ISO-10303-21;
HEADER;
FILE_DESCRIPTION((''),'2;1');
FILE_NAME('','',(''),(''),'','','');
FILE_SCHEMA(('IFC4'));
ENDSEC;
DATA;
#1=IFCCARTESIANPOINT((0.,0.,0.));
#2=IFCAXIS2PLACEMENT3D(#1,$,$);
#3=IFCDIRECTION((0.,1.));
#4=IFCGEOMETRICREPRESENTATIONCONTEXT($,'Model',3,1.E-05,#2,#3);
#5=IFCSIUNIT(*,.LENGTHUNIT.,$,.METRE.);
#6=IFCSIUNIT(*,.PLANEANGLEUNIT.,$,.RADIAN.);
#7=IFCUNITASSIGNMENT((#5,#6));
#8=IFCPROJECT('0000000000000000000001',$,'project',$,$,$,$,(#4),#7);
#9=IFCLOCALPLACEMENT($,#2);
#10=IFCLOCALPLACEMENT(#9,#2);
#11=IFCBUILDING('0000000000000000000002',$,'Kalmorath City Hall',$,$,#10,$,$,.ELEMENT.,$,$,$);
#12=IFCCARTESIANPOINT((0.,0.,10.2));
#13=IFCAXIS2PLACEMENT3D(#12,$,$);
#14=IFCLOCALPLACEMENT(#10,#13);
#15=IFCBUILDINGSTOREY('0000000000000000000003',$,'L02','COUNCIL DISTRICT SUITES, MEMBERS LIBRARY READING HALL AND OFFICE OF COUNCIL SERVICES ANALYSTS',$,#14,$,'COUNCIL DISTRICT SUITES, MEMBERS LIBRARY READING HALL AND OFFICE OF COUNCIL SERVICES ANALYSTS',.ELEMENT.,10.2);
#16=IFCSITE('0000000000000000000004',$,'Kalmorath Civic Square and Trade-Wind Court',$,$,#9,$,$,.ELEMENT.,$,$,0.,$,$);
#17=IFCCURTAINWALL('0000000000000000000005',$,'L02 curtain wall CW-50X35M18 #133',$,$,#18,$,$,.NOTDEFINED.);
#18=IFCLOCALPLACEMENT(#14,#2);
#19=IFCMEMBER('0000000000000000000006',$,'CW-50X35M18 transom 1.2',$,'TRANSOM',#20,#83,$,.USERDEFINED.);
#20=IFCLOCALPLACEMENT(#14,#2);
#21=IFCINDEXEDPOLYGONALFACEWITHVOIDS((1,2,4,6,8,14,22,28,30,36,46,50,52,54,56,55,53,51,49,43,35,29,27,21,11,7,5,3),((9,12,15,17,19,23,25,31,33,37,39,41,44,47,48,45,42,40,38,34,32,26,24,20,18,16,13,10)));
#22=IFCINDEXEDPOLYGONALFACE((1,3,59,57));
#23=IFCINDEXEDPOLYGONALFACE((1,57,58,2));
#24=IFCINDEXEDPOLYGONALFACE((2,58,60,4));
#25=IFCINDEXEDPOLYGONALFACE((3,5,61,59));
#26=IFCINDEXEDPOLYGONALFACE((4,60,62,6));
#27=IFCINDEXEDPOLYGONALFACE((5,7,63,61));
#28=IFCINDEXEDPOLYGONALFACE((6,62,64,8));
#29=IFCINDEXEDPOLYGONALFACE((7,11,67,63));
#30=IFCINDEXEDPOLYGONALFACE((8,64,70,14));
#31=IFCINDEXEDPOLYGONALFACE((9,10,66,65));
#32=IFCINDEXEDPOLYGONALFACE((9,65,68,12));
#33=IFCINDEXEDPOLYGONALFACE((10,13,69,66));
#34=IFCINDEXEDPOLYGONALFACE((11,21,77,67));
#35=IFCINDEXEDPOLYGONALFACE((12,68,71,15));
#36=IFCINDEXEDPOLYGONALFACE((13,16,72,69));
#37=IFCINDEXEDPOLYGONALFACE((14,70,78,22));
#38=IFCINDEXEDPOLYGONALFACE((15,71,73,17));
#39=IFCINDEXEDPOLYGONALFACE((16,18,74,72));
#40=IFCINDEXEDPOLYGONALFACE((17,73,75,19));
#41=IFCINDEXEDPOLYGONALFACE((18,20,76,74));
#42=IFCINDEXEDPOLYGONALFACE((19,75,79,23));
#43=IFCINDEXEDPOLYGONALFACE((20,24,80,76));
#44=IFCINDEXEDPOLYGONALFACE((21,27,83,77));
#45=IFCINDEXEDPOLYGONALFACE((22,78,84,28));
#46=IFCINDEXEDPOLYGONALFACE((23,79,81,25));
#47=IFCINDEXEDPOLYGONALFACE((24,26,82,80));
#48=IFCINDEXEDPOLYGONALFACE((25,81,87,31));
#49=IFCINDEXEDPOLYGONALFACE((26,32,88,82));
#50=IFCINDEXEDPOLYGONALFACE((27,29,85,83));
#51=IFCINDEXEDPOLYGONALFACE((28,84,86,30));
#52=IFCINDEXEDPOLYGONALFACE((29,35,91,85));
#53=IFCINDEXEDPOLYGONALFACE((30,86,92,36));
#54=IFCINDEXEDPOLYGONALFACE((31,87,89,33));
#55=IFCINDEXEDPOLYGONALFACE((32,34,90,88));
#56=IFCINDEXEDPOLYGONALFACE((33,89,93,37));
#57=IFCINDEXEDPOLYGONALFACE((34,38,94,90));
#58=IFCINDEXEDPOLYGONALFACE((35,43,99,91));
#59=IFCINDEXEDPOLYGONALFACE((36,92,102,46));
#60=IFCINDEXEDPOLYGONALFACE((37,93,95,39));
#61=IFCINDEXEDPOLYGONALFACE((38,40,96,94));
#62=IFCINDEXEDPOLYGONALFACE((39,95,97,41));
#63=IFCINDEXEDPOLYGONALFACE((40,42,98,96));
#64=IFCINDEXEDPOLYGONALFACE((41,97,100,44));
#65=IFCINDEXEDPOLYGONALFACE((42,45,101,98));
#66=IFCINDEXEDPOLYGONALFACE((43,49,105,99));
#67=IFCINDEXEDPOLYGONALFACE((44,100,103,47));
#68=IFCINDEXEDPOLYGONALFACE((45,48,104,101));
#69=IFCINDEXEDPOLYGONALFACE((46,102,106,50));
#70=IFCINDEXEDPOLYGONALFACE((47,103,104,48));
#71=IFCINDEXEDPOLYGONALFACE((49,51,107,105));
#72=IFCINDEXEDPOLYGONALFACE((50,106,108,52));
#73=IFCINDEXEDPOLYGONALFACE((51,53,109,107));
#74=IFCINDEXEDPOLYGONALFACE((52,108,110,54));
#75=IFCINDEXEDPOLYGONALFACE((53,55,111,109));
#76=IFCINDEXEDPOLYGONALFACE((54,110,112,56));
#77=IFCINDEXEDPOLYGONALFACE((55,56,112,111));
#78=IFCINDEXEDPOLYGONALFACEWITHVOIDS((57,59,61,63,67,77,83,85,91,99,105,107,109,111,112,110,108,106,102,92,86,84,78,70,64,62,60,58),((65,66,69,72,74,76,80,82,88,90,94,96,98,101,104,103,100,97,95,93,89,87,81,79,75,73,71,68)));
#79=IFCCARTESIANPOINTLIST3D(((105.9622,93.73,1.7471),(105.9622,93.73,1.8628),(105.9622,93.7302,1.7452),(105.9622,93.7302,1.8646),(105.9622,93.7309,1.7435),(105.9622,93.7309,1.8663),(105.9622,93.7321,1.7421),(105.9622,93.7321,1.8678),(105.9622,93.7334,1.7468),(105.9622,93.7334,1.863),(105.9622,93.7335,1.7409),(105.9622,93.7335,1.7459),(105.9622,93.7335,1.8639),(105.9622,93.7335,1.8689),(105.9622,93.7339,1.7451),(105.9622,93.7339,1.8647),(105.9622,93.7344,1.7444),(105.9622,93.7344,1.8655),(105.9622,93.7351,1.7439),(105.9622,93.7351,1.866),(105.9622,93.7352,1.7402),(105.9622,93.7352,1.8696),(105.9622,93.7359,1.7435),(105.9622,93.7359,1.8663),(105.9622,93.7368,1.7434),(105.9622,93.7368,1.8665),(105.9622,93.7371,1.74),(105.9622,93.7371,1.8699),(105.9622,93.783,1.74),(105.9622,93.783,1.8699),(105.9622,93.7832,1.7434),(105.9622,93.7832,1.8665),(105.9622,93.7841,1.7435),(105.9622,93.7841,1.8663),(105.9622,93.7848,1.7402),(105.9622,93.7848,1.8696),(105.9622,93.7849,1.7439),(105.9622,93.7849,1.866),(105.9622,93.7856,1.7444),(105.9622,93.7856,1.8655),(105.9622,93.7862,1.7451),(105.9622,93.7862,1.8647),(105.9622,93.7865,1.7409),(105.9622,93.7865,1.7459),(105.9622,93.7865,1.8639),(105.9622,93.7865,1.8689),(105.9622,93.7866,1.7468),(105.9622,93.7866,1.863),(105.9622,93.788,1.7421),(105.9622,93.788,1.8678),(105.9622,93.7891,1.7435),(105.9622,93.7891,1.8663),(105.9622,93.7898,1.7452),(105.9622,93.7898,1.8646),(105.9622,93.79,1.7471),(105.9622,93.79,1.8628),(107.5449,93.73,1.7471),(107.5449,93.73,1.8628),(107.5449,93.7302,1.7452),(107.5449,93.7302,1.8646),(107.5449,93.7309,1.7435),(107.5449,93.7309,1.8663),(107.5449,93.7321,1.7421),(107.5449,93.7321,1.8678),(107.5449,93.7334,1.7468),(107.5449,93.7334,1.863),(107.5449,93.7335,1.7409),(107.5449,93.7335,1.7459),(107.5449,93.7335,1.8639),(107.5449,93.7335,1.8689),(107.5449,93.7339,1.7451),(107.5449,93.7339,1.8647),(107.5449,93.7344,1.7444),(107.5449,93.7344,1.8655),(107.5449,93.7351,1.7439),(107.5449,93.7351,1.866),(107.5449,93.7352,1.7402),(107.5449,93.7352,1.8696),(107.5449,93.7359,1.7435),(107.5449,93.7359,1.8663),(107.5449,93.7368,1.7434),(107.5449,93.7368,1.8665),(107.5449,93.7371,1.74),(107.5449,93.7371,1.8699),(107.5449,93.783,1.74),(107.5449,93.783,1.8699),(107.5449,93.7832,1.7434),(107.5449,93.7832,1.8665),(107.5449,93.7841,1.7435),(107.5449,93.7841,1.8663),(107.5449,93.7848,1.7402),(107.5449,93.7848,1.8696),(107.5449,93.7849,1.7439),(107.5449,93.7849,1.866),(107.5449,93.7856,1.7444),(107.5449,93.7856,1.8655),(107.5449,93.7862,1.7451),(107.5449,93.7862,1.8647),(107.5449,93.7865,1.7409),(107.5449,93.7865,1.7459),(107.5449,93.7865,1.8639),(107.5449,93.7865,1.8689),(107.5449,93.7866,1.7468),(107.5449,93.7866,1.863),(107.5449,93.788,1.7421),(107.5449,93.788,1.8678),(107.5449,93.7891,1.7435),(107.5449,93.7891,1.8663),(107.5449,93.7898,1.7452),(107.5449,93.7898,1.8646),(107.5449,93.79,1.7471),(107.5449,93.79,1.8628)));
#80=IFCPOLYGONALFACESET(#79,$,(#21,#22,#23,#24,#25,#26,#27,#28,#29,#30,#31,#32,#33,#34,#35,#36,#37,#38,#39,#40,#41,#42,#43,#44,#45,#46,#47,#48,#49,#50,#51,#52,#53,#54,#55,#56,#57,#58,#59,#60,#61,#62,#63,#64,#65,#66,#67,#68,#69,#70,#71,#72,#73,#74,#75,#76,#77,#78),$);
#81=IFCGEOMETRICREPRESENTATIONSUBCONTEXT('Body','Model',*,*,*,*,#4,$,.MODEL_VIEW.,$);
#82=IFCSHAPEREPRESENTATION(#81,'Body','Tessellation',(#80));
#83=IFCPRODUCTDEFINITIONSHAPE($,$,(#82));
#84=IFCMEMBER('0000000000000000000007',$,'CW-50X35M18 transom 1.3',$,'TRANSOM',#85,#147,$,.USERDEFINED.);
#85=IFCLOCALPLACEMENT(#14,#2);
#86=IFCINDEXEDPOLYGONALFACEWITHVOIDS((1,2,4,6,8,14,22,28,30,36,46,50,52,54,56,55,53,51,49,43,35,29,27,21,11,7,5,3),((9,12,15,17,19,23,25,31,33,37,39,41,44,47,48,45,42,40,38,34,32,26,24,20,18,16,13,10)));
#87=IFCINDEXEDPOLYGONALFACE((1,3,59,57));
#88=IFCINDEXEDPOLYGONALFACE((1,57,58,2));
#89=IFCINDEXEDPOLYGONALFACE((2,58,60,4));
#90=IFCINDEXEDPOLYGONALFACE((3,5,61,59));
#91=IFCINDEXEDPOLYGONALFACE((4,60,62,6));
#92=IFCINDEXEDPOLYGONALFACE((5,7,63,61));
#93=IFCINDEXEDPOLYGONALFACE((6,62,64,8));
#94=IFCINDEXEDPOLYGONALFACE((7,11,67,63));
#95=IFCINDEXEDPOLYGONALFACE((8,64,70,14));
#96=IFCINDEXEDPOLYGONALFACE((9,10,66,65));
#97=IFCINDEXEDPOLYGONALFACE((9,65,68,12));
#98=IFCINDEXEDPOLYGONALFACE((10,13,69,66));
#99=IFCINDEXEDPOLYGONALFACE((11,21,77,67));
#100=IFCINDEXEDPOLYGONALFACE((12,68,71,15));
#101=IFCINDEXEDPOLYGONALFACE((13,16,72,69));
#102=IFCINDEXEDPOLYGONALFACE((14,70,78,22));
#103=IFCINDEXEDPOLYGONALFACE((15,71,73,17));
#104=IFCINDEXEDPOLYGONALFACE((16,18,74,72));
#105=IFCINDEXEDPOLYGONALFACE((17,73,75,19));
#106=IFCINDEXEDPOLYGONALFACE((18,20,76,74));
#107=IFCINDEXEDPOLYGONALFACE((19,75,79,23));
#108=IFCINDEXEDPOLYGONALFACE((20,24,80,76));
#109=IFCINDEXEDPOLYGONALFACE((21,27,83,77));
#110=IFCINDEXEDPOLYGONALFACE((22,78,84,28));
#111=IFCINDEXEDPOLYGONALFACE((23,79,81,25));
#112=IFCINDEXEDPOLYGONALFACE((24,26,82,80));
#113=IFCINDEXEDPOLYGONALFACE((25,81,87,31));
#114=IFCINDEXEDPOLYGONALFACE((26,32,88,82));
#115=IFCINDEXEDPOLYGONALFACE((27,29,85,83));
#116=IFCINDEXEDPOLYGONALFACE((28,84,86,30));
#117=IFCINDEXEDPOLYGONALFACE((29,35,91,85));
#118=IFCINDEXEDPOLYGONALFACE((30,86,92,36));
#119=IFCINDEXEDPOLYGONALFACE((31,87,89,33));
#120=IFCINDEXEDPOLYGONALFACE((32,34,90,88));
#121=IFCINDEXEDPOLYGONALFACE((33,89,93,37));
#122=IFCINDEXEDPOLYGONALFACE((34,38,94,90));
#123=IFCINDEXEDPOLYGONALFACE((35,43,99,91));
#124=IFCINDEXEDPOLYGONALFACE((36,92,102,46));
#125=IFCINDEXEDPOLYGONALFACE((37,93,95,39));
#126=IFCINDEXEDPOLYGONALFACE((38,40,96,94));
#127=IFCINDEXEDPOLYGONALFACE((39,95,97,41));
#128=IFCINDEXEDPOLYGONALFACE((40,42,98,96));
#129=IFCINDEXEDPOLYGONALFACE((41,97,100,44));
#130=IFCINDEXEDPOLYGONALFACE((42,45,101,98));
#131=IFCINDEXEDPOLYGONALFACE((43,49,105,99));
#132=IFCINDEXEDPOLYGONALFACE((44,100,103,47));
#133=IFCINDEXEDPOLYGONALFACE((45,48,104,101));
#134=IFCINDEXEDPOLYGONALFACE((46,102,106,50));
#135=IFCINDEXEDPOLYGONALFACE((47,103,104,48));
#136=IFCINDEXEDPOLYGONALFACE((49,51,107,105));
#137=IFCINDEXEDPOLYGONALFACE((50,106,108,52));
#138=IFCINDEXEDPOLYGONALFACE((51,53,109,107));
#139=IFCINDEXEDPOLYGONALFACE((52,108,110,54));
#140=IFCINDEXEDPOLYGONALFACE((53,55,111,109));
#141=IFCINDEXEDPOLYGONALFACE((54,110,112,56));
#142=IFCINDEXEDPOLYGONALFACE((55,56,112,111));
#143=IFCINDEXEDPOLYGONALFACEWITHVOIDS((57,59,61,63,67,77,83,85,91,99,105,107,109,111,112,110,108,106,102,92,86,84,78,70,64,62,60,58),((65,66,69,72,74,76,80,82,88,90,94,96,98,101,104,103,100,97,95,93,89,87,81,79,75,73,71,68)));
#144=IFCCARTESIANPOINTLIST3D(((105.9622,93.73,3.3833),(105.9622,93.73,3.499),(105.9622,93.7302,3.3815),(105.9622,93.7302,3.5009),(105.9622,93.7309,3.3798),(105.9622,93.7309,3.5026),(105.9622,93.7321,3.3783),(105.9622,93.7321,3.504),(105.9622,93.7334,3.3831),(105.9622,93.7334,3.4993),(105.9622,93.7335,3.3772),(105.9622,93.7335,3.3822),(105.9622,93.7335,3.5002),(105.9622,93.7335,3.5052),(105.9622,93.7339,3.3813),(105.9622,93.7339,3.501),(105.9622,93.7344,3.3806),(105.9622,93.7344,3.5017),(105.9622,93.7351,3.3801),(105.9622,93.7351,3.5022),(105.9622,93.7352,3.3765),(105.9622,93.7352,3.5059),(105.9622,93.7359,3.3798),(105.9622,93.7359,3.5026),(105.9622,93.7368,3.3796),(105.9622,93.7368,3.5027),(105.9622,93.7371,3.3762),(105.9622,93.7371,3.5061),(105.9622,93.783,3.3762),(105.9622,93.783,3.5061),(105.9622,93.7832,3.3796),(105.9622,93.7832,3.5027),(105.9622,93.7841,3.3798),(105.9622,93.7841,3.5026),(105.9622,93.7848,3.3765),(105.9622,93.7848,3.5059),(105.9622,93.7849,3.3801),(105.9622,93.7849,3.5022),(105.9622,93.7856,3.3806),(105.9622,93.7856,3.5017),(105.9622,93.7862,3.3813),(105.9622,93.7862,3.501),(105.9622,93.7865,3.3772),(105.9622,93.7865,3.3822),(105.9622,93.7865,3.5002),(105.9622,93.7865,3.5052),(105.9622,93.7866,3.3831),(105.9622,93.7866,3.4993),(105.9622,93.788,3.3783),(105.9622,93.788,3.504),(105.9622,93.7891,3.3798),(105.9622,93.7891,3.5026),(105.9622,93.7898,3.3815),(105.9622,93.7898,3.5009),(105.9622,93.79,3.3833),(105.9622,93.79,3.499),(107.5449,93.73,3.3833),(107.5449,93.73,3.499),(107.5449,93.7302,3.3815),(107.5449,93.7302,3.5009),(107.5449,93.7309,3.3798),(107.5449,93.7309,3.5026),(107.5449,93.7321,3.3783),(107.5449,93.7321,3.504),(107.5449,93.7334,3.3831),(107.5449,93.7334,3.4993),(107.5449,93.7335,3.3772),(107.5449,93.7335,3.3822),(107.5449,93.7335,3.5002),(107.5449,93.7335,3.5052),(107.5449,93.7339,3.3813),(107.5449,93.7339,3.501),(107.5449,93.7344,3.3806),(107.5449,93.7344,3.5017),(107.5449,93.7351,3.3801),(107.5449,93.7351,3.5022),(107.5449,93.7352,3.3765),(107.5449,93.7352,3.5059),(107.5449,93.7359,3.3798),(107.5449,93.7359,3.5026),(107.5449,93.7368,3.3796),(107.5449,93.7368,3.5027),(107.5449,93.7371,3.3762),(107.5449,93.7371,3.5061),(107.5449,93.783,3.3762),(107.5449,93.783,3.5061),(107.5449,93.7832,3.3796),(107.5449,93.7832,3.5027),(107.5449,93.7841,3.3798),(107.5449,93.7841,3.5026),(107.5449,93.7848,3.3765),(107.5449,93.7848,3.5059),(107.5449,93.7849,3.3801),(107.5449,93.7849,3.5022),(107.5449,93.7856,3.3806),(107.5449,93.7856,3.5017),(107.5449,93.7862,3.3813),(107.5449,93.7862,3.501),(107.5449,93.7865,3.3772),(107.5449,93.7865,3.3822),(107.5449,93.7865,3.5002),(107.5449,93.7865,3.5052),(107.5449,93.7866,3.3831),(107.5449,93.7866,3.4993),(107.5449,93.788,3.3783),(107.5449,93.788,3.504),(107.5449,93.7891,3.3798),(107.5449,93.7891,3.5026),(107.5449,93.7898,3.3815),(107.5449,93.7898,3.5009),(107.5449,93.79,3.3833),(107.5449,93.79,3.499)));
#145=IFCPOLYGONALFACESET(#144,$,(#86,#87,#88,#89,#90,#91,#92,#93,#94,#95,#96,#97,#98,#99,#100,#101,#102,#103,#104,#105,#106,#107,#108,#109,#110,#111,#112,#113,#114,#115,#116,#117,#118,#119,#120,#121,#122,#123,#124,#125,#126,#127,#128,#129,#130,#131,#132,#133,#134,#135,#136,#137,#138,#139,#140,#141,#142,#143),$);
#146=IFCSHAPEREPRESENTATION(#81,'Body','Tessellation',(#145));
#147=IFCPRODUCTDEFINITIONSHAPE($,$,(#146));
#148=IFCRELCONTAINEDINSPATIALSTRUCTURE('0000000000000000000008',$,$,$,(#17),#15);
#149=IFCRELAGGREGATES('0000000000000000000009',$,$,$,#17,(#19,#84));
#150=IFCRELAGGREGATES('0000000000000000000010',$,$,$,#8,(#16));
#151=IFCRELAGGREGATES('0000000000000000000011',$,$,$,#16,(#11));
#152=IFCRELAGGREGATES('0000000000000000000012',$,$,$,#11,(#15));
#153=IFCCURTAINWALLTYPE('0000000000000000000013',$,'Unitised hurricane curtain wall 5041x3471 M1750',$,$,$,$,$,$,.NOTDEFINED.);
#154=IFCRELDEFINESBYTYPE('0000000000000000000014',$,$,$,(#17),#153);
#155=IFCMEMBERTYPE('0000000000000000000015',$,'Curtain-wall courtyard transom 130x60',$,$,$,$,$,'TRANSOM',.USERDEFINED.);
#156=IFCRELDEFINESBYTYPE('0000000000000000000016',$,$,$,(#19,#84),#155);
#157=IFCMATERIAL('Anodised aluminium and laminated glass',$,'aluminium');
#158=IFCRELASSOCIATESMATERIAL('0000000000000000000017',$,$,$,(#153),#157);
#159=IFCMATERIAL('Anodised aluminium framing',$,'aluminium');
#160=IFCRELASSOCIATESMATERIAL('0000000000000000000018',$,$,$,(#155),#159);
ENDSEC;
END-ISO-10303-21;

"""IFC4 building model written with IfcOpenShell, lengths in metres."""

from ifc_helpers import new_model, si_unit, direction, frame, origin, origin_2d, place, context, subcontext, project, spatial, hollow_rectangle, extrude, material, material_profile, profile_set, type_object, element, aggregate, save


model = new_model("IFC4")

# Units and contexts
model_context = context("Model", 3, precision=1e-05, world=origin(), true_north=direction((0.0, 1.0)))
body_context = subcontext(model_context, "Body", "Model", "MODEL_VIEW")
ifc_project = project(units=[si_unit("LENGTHUNIT", "METRE"), si_unit("PLANEANGLEUNIT", "RADIAN")], contexts=[model_context])

# Site, building, storey
site_placement = place(None, origin())
site = spatial("IfcSite", under=ifc_project, at=site_placement, Name="Kalmorath Civic Square and Trade-Wind Court", CompositionType="ELEMENT", RefElevation=0.0)
building_placement = place(site_placement, origin())
building = spatial("IfcBuilding", under=site, at=building_placement, Name="Kalmorath City Hall", CompositionType="ELEMENT")
storey_placement = place(building_placement, frame((0.0, 0.0, 10.2)))
storey = spatial("IfcBuildingStorey", under=building, at=storey_placement, Name="L02", Description="COUNCIL DISTRICT SUITES, MEMBERS LIBRARY READING HALL AND OFFICE OF COUNCIL SERVICES ANALYSTS", LongName="COUNCIL DISTRICT SUITES, MEMBERS LIBRARY READING HALL AND OFFICE OF COUNCIL SERVICES ANALYSTS", CompositionType="ELEMENT", Elevation=10.2)

# Curtain wall
ifc_material_1 = material(Name="Anodised aluminium and laminated glass", Category="aluminium")
curtain_wall_type_1 = type_object("IfcCurtainWallType", Name="Unitised hurricane curtain wall 5041x3471 M1750", PredefinedType="NOTDEFINED", material=ifc_material_1)
curtain_wall_1_placement = place(storey_placement, origin())
curtain_wall_1 = element("IfcCurtainWall", 1, at=curtain_wall_1_placement, inside=storey, type_object=curtain_wall_type_1, Name="L02 curtain wall CW-50X35M18 #133", PredefinedType="NOTDEFINED")
ifc_material_2 = material(Name="Anodised aluminium framing", Category="aluminium")
ifc_material_profile_1 = material_profile(ifc_material_2, hollow_rectangle(XDim=0.0601, YDim=0.1299, WallThickness=0.0034, InnerFilletRadius=0.0034, OuterFilletRadius=0.0071, at=origin_2d()), Name="ALU-TRN-130X60X3.5")
ifc_profile_set_1 = profile_set([ifc_material_profile_1], Name="Anodised aluminium framing")
member_type_1 = type_object("IfcMemberType", Name="Curtain-wall courtyard transom 130x60", ElementType="TRANSOM", PredefinedType="USERDEFINED", material=ifc_profile_set_1)

# Members
member_1_placement = place(storey_placement, frame((107.5449, 93.76, 1.8049), z_axis=(-1.0, 0.0, 0.0), x_axis=(0.0, -1.0, 0.0)))
member_1 = element("IfcMember", 2, at=member_1_placement, type_object=member_type_1, Name="CW-50X35M18 transom 1.2", ObjectType="TRANSOM", PredefinedType="USERDEFINED", context=body_context, shape_type="SweptSolid", body=[
    extrude(hollow_rectangle(XDim=0.0601, YDim=0.1299, WallThickness=0.0034, InnerFilletRadius=0.0034, OuterFilletRadius=0.0071, at=origin_2d()), origin(), (0.0, 0.0, 1.0), 1.5828),
])
member_2_placement = place(storey_placement, frame((107.5449, 93.76, 3.4412), z_axis=(-1.0, 0.0, 0.0), x_axis=(0.0, -1.0, 0.0)))
member_2 = element("IfcMember", 3, at=member_2_placement, type_object=member_type_1, Name="CW-50X35M18 transom 1.3", ObjectType="TRANSOM", PredefinedType="USERDEFINED", context=body_context, shape_type="SweptSolid", body=[
    extrude(hollow_rectangle(XDim=0.0601, YDim=0.1299, WallThickness=0.0034, InnerFilletRadius=0.0034, OuterFilletRadius=0.0071, at=origin_2d()), origin(), (0.0, 0.0, 1.0), 1.5828),
])

aggregate(curtain_wall_1, [member_1, member_2])

save(model, "model.ifc")
